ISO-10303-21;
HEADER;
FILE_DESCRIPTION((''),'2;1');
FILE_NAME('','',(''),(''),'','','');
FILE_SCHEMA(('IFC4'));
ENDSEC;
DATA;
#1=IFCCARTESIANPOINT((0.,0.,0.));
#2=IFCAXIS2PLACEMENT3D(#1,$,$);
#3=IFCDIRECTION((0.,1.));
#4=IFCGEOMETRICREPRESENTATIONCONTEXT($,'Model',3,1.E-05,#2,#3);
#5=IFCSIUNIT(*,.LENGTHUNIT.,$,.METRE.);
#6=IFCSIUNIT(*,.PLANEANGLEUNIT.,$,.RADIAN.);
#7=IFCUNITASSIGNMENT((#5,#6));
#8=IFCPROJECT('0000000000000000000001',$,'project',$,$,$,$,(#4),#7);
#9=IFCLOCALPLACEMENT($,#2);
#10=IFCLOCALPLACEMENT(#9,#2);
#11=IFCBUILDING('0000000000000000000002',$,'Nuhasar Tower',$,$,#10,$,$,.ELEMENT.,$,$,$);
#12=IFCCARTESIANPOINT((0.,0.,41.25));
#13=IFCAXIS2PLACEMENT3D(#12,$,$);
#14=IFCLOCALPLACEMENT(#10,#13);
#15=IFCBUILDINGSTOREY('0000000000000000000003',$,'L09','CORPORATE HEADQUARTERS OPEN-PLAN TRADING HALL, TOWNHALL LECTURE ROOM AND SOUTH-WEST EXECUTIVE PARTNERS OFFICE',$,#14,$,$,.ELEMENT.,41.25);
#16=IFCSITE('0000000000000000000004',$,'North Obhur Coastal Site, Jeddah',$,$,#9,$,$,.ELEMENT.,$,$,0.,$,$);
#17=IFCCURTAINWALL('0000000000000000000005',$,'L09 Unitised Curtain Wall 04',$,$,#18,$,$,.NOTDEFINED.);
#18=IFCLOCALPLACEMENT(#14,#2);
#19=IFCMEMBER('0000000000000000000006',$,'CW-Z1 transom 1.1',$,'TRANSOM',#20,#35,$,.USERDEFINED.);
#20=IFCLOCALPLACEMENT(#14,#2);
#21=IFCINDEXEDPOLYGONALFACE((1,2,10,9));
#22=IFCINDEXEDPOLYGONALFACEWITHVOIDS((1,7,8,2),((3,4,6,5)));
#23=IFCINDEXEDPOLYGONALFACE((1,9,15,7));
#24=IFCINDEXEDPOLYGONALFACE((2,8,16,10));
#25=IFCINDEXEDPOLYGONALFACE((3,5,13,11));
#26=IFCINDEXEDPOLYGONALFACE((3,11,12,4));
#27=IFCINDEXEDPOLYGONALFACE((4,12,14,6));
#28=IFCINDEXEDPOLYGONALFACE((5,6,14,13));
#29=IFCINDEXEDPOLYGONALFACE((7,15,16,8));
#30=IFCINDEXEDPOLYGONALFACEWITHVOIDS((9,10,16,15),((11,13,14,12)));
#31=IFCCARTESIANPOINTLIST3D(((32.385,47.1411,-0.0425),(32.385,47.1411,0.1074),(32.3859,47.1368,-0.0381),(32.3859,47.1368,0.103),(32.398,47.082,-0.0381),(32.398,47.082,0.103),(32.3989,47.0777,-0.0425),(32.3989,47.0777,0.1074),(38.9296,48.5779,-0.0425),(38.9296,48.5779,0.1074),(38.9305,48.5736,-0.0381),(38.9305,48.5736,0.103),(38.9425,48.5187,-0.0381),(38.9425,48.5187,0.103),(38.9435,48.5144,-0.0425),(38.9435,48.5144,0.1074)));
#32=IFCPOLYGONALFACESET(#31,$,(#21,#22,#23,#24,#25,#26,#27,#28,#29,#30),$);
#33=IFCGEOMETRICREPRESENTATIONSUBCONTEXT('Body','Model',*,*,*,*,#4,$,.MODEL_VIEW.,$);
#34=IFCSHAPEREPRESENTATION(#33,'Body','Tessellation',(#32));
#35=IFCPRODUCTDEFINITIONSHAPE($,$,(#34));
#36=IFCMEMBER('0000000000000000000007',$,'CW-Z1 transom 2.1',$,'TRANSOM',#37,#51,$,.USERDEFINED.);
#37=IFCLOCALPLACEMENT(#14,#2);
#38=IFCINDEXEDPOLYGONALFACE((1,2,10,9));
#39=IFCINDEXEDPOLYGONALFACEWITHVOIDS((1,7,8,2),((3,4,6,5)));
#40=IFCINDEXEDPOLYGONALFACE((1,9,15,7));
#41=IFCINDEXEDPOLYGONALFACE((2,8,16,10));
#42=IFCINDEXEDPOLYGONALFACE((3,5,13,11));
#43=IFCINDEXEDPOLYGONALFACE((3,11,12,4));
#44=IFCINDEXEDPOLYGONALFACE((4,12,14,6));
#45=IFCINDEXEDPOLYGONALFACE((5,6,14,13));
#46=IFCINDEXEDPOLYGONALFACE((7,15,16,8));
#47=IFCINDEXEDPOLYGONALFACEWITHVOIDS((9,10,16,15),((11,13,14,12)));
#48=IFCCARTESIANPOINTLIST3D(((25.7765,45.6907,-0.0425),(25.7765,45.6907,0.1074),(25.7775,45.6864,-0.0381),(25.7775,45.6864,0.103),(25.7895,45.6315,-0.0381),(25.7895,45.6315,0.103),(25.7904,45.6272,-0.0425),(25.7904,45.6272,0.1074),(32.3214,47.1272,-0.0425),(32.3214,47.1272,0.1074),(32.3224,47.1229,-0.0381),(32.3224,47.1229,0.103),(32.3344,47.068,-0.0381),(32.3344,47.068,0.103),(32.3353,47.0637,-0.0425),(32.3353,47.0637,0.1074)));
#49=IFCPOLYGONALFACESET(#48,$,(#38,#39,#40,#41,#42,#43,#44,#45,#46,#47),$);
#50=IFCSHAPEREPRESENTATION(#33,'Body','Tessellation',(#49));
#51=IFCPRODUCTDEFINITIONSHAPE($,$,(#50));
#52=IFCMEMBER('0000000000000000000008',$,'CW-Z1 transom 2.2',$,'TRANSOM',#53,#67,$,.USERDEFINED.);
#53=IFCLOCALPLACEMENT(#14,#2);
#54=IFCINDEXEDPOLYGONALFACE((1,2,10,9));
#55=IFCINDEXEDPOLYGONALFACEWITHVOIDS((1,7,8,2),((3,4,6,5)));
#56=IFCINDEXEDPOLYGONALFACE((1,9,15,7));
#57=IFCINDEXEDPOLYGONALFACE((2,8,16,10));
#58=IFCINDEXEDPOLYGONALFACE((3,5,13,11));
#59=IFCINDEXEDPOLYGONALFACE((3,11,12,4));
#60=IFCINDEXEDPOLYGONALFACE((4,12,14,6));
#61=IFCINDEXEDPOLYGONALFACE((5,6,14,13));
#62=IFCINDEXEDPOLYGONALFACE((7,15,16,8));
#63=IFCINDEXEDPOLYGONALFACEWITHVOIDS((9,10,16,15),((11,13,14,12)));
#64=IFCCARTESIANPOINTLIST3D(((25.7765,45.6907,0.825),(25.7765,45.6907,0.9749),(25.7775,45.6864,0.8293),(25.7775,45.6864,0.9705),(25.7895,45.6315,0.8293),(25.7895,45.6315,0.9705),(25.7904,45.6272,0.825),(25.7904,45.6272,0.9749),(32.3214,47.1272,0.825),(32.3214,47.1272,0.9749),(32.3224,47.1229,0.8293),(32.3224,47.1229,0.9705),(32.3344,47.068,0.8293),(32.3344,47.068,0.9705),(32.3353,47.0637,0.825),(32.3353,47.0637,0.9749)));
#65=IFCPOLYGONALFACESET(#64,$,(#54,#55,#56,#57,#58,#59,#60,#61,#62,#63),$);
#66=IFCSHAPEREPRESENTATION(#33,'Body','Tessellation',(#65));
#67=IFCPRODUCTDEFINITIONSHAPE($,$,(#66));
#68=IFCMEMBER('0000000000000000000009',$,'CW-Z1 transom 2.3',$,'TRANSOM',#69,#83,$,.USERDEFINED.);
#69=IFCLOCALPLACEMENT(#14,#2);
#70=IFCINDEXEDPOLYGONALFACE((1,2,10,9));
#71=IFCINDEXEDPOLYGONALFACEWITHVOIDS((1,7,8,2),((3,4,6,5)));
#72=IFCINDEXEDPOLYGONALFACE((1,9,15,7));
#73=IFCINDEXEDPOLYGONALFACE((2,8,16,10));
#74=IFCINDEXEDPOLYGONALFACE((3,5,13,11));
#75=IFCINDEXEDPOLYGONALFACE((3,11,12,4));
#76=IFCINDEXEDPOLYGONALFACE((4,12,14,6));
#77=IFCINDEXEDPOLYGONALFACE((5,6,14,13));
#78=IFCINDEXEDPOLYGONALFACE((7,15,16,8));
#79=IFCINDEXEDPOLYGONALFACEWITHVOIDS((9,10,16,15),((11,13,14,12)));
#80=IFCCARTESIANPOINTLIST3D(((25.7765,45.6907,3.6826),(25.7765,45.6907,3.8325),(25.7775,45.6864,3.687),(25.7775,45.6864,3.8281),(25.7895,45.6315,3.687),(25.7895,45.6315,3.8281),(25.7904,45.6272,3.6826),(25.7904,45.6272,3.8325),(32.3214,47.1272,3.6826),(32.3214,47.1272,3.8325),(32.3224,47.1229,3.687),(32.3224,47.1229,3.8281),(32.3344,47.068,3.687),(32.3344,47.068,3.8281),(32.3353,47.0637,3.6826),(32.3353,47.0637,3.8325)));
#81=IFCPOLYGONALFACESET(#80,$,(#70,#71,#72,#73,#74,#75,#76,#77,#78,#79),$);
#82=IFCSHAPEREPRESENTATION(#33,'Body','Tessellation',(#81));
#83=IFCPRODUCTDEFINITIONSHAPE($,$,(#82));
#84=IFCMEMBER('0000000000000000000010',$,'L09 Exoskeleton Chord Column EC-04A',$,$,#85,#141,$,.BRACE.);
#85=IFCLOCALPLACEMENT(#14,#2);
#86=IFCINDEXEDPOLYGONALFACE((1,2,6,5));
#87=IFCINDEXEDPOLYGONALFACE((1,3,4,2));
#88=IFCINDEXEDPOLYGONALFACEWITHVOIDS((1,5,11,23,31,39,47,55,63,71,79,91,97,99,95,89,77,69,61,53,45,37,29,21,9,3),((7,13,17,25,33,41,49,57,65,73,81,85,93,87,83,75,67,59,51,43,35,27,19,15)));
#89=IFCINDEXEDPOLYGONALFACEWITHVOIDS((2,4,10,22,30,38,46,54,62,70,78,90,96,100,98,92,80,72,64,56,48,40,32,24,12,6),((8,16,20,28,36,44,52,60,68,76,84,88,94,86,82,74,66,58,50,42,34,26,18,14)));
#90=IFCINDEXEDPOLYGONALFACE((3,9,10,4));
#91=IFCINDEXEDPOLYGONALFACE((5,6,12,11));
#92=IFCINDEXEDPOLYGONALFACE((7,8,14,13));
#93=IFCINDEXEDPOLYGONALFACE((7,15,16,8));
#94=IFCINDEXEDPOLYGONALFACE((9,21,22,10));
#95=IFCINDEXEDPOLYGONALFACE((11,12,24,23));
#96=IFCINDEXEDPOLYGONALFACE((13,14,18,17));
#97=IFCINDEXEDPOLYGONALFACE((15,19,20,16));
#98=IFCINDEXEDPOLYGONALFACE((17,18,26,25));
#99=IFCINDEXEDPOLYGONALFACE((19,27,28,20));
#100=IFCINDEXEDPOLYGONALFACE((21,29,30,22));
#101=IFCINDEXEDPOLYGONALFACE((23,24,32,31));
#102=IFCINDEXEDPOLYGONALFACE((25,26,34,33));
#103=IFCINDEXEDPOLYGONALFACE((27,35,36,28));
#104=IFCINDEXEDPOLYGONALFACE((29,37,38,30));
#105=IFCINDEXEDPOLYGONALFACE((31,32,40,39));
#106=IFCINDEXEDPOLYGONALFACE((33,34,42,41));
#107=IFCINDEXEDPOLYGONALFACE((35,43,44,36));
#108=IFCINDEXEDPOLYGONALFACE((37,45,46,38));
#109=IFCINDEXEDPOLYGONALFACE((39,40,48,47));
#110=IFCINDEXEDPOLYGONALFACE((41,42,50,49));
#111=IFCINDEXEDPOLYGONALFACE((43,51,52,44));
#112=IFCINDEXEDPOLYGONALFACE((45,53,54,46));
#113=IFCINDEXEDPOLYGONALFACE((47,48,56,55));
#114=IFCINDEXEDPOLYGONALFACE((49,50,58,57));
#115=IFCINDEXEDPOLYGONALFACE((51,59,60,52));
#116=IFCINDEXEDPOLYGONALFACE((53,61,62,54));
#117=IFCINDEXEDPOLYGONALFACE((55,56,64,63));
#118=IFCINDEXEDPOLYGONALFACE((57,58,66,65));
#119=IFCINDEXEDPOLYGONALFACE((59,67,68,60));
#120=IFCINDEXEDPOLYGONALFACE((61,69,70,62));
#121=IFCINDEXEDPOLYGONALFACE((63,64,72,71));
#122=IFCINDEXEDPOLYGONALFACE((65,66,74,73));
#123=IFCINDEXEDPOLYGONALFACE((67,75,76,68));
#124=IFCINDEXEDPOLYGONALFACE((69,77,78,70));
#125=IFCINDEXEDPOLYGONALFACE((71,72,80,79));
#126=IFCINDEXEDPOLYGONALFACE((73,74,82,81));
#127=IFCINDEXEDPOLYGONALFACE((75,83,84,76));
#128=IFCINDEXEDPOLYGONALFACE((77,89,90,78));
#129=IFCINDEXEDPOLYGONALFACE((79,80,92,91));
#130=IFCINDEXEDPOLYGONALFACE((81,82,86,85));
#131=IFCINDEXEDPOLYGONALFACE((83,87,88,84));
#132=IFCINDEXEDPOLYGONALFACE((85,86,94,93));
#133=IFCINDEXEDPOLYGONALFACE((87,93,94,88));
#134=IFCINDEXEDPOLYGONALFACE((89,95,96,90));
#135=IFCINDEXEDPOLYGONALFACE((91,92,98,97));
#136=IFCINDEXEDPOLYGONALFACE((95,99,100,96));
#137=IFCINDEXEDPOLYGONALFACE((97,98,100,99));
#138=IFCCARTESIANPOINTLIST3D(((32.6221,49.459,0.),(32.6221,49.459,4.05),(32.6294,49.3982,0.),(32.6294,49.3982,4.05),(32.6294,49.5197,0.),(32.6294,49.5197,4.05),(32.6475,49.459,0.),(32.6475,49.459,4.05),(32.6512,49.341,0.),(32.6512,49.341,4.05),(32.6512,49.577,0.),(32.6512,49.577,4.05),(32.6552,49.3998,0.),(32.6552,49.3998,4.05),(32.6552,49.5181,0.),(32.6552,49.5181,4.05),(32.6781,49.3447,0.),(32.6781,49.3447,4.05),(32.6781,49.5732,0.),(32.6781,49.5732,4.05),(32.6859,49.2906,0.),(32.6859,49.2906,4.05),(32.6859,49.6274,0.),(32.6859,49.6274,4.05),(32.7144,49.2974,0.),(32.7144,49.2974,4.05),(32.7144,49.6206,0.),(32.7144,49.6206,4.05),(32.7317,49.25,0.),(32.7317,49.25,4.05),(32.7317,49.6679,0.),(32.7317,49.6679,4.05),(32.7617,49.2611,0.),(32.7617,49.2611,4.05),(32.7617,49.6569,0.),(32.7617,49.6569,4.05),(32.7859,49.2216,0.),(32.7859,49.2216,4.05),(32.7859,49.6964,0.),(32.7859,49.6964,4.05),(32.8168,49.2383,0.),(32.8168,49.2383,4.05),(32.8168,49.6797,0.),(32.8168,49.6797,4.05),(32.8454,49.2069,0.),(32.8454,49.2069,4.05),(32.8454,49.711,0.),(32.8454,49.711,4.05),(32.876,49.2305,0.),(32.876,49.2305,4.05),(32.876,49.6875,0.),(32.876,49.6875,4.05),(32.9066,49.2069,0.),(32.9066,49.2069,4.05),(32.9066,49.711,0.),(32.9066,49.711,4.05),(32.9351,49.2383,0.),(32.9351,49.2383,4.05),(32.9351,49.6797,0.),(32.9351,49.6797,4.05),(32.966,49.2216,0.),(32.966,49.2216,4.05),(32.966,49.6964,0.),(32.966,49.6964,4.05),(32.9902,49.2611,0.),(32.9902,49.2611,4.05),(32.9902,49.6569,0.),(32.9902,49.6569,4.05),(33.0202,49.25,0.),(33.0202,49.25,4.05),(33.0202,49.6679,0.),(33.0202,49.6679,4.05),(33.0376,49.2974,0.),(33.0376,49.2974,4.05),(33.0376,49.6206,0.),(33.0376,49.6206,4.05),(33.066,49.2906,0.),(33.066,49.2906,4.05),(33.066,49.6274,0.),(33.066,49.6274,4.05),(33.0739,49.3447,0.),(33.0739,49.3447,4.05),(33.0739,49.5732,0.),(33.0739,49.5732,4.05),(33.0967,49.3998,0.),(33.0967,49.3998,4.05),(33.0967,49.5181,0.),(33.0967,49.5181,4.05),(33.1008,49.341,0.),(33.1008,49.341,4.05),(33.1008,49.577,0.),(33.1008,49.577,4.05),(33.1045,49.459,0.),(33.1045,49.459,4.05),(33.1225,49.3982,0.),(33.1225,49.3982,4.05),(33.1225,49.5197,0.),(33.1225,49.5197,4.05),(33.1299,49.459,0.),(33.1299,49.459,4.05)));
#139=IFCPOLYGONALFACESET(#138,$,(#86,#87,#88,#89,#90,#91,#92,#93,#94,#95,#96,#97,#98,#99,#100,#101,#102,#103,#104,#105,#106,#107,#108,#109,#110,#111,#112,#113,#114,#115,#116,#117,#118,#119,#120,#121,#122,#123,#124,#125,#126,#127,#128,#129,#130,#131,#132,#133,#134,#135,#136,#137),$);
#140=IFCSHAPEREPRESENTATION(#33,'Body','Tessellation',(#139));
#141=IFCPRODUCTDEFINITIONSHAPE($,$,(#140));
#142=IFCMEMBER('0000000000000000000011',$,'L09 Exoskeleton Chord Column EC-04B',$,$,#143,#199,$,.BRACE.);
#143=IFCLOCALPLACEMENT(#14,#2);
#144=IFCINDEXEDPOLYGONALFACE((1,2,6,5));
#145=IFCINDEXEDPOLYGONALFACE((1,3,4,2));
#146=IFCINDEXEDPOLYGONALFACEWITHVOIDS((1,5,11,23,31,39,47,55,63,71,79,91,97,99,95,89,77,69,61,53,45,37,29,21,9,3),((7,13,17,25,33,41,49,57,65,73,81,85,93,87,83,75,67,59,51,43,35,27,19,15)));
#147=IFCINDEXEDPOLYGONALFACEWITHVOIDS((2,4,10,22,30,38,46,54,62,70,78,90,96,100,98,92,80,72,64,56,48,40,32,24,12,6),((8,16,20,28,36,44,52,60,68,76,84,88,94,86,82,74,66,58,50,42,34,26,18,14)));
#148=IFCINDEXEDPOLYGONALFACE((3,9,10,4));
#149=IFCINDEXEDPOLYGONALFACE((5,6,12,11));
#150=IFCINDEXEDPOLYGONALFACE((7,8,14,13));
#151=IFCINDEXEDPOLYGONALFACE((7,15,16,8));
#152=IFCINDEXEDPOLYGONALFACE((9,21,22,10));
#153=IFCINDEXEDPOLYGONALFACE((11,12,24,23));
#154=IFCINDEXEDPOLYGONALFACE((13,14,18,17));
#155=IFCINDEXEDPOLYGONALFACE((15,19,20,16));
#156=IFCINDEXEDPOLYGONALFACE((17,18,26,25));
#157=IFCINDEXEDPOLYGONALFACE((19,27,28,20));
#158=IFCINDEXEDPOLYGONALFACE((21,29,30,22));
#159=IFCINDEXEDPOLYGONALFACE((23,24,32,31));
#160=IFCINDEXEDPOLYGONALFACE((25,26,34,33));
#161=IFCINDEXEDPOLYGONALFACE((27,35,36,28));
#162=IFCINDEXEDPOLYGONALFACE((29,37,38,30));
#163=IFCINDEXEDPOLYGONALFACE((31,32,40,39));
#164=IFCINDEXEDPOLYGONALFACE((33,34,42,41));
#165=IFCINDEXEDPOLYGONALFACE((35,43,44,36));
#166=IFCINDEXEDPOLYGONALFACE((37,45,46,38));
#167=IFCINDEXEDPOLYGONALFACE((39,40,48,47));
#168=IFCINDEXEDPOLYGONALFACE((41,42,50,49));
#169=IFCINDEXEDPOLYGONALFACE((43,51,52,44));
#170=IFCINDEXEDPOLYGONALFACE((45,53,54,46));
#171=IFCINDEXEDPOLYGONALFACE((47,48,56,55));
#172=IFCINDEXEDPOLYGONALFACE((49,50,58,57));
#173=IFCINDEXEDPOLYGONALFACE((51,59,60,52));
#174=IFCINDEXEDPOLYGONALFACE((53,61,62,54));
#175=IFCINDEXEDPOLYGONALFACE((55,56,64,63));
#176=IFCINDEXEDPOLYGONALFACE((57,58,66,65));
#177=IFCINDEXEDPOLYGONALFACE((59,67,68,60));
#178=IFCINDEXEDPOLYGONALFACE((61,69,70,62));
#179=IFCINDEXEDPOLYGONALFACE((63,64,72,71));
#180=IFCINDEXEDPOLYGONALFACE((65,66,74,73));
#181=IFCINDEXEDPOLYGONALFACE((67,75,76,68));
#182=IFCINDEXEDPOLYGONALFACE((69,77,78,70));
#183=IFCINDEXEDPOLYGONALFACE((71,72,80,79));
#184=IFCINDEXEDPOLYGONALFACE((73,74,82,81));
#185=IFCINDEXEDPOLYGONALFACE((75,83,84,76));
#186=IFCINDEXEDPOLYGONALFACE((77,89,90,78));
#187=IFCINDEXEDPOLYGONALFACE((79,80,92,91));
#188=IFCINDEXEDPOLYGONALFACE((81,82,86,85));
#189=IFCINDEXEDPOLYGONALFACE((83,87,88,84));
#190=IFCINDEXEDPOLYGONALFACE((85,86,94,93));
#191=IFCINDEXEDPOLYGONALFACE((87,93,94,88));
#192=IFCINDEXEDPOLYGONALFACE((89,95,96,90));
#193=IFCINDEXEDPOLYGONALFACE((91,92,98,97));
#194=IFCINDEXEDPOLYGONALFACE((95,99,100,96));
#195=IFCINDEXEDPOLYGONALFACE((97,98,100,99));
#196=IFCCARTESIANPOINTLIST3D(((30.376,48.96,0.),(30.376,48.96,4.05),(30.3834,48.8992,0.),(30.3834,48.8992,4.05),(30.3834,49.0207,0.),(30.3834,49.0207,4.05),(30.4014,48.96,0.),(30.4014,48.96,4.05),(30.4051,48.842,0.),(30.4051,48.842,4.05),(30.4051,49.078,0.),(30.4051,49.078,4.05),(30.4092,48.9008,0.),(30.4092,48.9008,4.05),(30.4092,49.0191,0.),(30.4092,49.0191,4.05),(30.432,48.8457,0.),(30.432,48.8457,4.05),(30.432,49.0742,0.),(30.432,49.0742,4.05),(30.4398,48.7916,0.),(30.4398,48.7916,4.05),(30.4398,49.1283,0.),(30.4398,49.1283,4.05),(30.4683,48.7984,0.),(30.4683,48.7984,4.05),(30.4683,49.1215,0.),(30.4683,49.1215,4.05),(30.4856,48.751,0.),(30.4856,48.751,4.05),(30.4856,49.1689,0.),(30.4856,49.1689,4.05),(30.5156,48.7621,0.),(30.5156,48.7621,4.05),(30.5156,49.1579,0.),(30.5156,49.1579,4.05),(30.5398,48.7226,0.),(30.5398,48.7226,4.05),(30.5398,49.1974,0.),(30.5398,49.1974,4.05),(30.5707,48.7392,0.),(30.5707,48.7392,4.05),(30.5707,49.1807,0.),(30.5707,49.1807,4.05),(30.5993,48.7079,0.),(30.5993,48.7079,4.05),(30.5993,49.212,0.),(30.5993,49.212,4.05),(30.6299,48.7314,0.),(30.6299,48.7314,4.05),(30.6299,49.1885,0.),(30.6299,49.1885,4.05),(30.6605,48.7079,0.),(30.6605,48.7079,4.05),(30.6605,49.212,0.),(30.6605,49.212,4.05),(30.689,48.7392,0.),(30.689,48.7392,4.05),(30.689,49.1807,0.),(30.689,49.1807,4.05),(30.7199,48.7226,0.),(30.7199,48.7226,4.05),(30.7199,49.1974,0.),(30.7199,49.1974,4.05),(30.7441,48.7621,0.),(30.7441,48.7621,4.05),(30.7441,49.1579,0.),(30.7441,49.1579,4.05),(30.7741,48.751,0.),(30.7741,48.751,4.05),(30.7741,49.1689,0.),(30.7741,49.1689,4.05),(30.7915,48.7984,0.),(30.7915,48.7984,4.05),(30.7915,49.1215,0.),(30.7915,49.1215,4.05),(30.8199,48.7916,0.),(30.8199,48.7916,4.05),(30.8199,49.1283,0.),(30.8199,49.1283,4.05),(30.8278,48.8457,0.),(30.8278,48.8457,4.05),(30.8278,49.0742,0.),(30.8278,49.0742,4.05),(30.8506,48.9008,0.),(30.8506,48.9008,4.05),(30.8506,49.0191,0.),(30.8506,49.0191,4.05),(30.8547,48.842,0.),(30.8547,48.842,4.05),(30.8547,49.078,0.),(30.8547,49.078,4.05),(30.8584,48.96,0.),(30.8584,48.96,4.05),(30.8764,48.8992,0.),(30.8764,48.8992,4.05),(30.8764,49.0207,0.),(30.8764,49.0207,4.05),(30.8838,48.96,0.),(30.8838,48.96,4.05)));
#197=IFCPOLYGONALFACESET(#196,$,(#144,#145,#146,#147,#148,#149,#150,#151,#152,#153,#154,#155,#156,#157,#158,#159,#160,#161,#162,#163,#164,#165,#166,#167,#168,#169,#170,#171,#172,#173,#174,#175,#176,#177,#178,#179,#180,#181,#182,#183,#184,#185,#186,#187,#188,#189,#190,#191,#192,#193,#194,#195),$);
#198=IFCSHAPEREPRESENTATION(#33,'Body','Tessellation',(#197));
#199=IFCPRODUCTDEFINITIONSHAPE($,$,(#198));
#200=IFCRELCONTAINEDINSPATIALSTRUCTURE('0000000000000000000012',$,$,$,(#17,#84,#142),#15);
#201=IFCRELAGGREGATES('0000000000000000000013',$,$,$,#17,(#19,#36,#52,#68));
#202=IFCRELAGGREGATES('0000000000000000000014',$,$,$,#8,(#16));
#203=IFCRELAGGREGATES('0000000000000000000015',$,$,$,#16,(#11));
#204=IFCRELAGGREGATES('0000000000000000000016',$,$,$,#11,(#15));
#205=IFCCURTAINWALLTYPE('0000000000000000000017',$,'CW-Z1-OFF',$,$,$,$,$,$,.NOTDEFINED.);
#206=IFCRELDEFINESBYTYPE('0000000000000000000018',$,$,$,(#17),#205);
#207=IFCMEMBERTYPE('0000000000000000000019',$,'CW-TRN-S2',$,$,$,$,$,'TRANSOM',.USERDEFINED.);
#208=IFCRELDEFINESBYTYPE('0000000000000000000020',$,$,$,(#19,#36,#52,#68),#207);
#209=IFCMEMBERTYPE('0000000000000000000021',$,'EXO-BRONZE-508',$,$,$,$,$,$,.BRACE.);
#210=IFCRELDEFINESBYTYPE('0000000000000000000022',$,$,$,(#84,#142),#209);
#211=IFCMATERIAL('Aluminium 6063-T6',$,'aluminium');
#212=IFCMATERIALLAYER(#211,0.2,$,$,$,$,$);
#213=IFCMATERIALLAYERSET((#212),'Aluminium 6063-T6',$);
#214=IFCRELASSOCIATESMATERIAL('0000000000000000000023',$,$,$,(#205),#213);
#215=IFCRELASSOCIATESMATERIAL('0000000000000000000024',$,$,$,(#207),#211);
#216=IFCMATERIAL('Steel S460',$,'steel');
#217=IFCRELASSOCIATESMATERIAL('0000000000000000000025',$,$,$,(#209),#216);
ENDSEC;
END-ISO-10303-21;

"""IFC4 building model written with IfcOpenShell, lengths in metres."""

from ifc_helpers import new_model, si_unit, direction, frame, origin, origin_2d, place, context, subcontext, project, spatial, hollow_rectangle, hollow_circle, extrude, material, layer, layer_set, material_profile, profile_set, type_object, element, aggregate, save


model = new_model("IFC4")

# Units and contexts
model_context = context("Model", 3, precision=1e-05, world=origin(), true_north=direction((0.0, 1.0)))
body_context = subcontext(model_context, "Body", "Model", "MODEL_VIEW")
ifc_project = project(units=[si_unit("LENGTHUNIT", "METRE"), si_unit("PLANEANGLEUNIT", "RADIAN")], contexts=[model_context])

# Site, building, storey
site_placement = place(None, origin())
site = spatial("IfcSite", under=ifc_project, at=site_placement, Name="North Obhur Coastal Site, Jeddah", CompositionType="ELEMENT", RefElevation=0.0)
building_placement = place(site_placement, origin())
building = spatial("IfcBuilding", under=site, at=building_placement, Name="Nuhasar Tower", CompositionType="ELEMENT")
storey_placement = place(building_placement, frame((0.0, 0.0, 41.25)))
storey = spatial("IfcBuildingStorey", under=building, at=storey_placement, Name="L09", Description="CORPORATE HEADQUARTERS OPEN-PLAN TRADING HALL, TOWNHALL LECTURE ROOM AND SOUTH-WEST EXECUTIVE PARTNERS OFFICE", CompositionType="ELEMENT", Elevation=41.25)

# Curtain wall, members
ifc_material_1 = material(Name="Aluminium 6063-T6", Category="aluminium")
ifc_layer_1 = layer(ifc_material_1, 0.2)
ifc_layer_set_1 = layer_set([ifc_layer_1], Name="Aluminium 6063-T6")
curtain_wall_type = type_object("IfcCurtainWallType", Name="CW-Z1-OFF", PredefinedType="NOTDEFINED", material=ifc_layer_set_1)
curtain_wall_placement = place(storey_placement, origin())
curtain_wall = element("IfcCurtainWall", 1, at=curtain_wall_placement, inside=storey, type_object=curtain_wall_type, Name="L09 Unitised Curtain Wall 04", PredefinedType="NOTDEFINED")
ifc_material_profile_1 = material_profile(ifc_material_1, hollow_rectangle(XDim=0.0649, YDim=0.1499, WallThickness=0.0044, at=origin_2d()), Name="CWT-2")
ifc_profile_set_1 = profile_set([ifc_material_profile_1], Name="Aluminium 6063-T6")
member_type_1 = type_object("IfcMemberType", Name="CW-TRN-S2", ElementType="TRANSOM", PredefinedType="USERDEFINED", material=ifc_profile_set_1)
member_1_placement = place(storey_placement, frame((38.9365, 48.5461, 0.0325), z_axis=(-0.97674, -0.214426, 0.0), x_axis=(0.214426, -0.97674, 0.0)))
member_1 = element("IfcMember", 2, at=member_1_placement, type_object=member_type_1, Name="CW-Z1 transom 1.1", ObjectType="TRANSOM", PredefinedType="USERDEFINED", context=body_context, shape_type="SweptSolid", body=[
    extrude(hollow_rectangle(XDim=0.0649, YDim=0.1499, WallThickness=0.0044, at=origin_2d()), origin(), (0.0, 0.0, 1.0), 6.7004),
])
member_2_placement = place(storey_placement, frame((32.3284, 47.0955, 0.0325), z_axis=(-0.97675, -0.214384, 0.0), x_axis=(0.214384, -0.97675, 0.0)))
member_2 = element("IfcMember", 3, at=member_2_placement, type_object=member_type_1, Name="CW-Z1 transom 2.1", ObjectType="TRANSOM", PredefinedType="USERDEFINED", context=body_context, shape_type="SweptSolid", body=[
    extrude(hollow_rectangle(XDim=0.0649, YDim=0.1499, WallThickness=0.0044, at=origin_2d()), origin(), (0.0, 0.0, 1.0), 6.7007),
])
member_3_placement = place(storey_placement, frame((32.3284, 47.0955, 0.8999), z_axis=(-0.97675, -0.214384, 0.0), x_axis=(0.214384, -0.97675, 0.0)))
member_3 = element("IfcMember", 4, at=member_3_placement, type_object=member_type_1, Name="CW-Z1 transom 2.2", ObjectType="TRANSOM", PredefinedType="USERDEFINED", context=body_context, shape_type="SweptSolid", body=[
    extrude(hollow_rectangle(XDim=0.0649, YDim=0.1499, WallThickness=0.0044, at=origin_2d()), origin(), (0.0, 0.0, 1.0), 6.7007),
])
member_4_placement = place(storey_placement, frame((32.3284, 47.0955, 3.7576), z_axis=(-0.97675, -0.214384, 0.0), x_axis=(0.214384, -0.97675, 0.0)))
member_4 = element("IfcMember", 5, at=member_4_placement, type_object=member_type_1, Name="CW-Z1 transom 2.3", ObjectType="TRANSOM", PredefinedType="USERDEFINED", context=body_context, shape_type="SweptSolid", body=[
    extrude(hollow_rectangle(XDim=0.0649, YDim=0.1499, WallThickness=0.0044, at=origin_2d()), origin(), (0.0, 0.0, 1.0), 6.7007),
])

# Members
ifc_material_2 = material(Name="Steel S460", Category="steel")
ifc_material_profile_2 = material_profile(ifc_material_2, hollow_circle(Radius=0.2539, WallThickness=0.0254, at=origin_2d()), Name="HSS508X25.4")
ifc_profile_set_2 = profile_set([ifc_material_profile_2], Name="Steel S460")
member_type_2 = type_object("IfcMemberType", Name="EXO-BRONZE-508", PredefinedType="BRACE", material=ifc_profile_set_2)
for number, where, z_axis, x_axis, name in (
    (6, (32.876, 49.459, 0.0), (0.0, 0.0, 1.0), (1.0, 0.0, 0.0), "L09 Exoskeleton Chord Column EC-04A"),
    (7, (30.6299, 48.96, 0.0), (0.0, 0.0, 1.0), (1.0, 0.0, 0.0), "L09 Exoskeleton Chord Column EC-04B"),
):
    element("IfcMember", number, at=place(storey_placement, frame(where, z_axis=z_axis, x_axis=x_axis)), inside=storey, type_object=member_type_2, Name=name, PredefinedType="BRACE", context=body_context, shape_type="SweptSolid", body=[
        extrude(hollow_circle(Radius=0.2539, WallThickness=0.0254, at=origin_2d()), origin(), (0.0, 0.0, 1.0), 4.05),
    ])

aggregate(curtain_wall, [member_1, member_2, member_3, member_4])

save(model, "model.ifc")
